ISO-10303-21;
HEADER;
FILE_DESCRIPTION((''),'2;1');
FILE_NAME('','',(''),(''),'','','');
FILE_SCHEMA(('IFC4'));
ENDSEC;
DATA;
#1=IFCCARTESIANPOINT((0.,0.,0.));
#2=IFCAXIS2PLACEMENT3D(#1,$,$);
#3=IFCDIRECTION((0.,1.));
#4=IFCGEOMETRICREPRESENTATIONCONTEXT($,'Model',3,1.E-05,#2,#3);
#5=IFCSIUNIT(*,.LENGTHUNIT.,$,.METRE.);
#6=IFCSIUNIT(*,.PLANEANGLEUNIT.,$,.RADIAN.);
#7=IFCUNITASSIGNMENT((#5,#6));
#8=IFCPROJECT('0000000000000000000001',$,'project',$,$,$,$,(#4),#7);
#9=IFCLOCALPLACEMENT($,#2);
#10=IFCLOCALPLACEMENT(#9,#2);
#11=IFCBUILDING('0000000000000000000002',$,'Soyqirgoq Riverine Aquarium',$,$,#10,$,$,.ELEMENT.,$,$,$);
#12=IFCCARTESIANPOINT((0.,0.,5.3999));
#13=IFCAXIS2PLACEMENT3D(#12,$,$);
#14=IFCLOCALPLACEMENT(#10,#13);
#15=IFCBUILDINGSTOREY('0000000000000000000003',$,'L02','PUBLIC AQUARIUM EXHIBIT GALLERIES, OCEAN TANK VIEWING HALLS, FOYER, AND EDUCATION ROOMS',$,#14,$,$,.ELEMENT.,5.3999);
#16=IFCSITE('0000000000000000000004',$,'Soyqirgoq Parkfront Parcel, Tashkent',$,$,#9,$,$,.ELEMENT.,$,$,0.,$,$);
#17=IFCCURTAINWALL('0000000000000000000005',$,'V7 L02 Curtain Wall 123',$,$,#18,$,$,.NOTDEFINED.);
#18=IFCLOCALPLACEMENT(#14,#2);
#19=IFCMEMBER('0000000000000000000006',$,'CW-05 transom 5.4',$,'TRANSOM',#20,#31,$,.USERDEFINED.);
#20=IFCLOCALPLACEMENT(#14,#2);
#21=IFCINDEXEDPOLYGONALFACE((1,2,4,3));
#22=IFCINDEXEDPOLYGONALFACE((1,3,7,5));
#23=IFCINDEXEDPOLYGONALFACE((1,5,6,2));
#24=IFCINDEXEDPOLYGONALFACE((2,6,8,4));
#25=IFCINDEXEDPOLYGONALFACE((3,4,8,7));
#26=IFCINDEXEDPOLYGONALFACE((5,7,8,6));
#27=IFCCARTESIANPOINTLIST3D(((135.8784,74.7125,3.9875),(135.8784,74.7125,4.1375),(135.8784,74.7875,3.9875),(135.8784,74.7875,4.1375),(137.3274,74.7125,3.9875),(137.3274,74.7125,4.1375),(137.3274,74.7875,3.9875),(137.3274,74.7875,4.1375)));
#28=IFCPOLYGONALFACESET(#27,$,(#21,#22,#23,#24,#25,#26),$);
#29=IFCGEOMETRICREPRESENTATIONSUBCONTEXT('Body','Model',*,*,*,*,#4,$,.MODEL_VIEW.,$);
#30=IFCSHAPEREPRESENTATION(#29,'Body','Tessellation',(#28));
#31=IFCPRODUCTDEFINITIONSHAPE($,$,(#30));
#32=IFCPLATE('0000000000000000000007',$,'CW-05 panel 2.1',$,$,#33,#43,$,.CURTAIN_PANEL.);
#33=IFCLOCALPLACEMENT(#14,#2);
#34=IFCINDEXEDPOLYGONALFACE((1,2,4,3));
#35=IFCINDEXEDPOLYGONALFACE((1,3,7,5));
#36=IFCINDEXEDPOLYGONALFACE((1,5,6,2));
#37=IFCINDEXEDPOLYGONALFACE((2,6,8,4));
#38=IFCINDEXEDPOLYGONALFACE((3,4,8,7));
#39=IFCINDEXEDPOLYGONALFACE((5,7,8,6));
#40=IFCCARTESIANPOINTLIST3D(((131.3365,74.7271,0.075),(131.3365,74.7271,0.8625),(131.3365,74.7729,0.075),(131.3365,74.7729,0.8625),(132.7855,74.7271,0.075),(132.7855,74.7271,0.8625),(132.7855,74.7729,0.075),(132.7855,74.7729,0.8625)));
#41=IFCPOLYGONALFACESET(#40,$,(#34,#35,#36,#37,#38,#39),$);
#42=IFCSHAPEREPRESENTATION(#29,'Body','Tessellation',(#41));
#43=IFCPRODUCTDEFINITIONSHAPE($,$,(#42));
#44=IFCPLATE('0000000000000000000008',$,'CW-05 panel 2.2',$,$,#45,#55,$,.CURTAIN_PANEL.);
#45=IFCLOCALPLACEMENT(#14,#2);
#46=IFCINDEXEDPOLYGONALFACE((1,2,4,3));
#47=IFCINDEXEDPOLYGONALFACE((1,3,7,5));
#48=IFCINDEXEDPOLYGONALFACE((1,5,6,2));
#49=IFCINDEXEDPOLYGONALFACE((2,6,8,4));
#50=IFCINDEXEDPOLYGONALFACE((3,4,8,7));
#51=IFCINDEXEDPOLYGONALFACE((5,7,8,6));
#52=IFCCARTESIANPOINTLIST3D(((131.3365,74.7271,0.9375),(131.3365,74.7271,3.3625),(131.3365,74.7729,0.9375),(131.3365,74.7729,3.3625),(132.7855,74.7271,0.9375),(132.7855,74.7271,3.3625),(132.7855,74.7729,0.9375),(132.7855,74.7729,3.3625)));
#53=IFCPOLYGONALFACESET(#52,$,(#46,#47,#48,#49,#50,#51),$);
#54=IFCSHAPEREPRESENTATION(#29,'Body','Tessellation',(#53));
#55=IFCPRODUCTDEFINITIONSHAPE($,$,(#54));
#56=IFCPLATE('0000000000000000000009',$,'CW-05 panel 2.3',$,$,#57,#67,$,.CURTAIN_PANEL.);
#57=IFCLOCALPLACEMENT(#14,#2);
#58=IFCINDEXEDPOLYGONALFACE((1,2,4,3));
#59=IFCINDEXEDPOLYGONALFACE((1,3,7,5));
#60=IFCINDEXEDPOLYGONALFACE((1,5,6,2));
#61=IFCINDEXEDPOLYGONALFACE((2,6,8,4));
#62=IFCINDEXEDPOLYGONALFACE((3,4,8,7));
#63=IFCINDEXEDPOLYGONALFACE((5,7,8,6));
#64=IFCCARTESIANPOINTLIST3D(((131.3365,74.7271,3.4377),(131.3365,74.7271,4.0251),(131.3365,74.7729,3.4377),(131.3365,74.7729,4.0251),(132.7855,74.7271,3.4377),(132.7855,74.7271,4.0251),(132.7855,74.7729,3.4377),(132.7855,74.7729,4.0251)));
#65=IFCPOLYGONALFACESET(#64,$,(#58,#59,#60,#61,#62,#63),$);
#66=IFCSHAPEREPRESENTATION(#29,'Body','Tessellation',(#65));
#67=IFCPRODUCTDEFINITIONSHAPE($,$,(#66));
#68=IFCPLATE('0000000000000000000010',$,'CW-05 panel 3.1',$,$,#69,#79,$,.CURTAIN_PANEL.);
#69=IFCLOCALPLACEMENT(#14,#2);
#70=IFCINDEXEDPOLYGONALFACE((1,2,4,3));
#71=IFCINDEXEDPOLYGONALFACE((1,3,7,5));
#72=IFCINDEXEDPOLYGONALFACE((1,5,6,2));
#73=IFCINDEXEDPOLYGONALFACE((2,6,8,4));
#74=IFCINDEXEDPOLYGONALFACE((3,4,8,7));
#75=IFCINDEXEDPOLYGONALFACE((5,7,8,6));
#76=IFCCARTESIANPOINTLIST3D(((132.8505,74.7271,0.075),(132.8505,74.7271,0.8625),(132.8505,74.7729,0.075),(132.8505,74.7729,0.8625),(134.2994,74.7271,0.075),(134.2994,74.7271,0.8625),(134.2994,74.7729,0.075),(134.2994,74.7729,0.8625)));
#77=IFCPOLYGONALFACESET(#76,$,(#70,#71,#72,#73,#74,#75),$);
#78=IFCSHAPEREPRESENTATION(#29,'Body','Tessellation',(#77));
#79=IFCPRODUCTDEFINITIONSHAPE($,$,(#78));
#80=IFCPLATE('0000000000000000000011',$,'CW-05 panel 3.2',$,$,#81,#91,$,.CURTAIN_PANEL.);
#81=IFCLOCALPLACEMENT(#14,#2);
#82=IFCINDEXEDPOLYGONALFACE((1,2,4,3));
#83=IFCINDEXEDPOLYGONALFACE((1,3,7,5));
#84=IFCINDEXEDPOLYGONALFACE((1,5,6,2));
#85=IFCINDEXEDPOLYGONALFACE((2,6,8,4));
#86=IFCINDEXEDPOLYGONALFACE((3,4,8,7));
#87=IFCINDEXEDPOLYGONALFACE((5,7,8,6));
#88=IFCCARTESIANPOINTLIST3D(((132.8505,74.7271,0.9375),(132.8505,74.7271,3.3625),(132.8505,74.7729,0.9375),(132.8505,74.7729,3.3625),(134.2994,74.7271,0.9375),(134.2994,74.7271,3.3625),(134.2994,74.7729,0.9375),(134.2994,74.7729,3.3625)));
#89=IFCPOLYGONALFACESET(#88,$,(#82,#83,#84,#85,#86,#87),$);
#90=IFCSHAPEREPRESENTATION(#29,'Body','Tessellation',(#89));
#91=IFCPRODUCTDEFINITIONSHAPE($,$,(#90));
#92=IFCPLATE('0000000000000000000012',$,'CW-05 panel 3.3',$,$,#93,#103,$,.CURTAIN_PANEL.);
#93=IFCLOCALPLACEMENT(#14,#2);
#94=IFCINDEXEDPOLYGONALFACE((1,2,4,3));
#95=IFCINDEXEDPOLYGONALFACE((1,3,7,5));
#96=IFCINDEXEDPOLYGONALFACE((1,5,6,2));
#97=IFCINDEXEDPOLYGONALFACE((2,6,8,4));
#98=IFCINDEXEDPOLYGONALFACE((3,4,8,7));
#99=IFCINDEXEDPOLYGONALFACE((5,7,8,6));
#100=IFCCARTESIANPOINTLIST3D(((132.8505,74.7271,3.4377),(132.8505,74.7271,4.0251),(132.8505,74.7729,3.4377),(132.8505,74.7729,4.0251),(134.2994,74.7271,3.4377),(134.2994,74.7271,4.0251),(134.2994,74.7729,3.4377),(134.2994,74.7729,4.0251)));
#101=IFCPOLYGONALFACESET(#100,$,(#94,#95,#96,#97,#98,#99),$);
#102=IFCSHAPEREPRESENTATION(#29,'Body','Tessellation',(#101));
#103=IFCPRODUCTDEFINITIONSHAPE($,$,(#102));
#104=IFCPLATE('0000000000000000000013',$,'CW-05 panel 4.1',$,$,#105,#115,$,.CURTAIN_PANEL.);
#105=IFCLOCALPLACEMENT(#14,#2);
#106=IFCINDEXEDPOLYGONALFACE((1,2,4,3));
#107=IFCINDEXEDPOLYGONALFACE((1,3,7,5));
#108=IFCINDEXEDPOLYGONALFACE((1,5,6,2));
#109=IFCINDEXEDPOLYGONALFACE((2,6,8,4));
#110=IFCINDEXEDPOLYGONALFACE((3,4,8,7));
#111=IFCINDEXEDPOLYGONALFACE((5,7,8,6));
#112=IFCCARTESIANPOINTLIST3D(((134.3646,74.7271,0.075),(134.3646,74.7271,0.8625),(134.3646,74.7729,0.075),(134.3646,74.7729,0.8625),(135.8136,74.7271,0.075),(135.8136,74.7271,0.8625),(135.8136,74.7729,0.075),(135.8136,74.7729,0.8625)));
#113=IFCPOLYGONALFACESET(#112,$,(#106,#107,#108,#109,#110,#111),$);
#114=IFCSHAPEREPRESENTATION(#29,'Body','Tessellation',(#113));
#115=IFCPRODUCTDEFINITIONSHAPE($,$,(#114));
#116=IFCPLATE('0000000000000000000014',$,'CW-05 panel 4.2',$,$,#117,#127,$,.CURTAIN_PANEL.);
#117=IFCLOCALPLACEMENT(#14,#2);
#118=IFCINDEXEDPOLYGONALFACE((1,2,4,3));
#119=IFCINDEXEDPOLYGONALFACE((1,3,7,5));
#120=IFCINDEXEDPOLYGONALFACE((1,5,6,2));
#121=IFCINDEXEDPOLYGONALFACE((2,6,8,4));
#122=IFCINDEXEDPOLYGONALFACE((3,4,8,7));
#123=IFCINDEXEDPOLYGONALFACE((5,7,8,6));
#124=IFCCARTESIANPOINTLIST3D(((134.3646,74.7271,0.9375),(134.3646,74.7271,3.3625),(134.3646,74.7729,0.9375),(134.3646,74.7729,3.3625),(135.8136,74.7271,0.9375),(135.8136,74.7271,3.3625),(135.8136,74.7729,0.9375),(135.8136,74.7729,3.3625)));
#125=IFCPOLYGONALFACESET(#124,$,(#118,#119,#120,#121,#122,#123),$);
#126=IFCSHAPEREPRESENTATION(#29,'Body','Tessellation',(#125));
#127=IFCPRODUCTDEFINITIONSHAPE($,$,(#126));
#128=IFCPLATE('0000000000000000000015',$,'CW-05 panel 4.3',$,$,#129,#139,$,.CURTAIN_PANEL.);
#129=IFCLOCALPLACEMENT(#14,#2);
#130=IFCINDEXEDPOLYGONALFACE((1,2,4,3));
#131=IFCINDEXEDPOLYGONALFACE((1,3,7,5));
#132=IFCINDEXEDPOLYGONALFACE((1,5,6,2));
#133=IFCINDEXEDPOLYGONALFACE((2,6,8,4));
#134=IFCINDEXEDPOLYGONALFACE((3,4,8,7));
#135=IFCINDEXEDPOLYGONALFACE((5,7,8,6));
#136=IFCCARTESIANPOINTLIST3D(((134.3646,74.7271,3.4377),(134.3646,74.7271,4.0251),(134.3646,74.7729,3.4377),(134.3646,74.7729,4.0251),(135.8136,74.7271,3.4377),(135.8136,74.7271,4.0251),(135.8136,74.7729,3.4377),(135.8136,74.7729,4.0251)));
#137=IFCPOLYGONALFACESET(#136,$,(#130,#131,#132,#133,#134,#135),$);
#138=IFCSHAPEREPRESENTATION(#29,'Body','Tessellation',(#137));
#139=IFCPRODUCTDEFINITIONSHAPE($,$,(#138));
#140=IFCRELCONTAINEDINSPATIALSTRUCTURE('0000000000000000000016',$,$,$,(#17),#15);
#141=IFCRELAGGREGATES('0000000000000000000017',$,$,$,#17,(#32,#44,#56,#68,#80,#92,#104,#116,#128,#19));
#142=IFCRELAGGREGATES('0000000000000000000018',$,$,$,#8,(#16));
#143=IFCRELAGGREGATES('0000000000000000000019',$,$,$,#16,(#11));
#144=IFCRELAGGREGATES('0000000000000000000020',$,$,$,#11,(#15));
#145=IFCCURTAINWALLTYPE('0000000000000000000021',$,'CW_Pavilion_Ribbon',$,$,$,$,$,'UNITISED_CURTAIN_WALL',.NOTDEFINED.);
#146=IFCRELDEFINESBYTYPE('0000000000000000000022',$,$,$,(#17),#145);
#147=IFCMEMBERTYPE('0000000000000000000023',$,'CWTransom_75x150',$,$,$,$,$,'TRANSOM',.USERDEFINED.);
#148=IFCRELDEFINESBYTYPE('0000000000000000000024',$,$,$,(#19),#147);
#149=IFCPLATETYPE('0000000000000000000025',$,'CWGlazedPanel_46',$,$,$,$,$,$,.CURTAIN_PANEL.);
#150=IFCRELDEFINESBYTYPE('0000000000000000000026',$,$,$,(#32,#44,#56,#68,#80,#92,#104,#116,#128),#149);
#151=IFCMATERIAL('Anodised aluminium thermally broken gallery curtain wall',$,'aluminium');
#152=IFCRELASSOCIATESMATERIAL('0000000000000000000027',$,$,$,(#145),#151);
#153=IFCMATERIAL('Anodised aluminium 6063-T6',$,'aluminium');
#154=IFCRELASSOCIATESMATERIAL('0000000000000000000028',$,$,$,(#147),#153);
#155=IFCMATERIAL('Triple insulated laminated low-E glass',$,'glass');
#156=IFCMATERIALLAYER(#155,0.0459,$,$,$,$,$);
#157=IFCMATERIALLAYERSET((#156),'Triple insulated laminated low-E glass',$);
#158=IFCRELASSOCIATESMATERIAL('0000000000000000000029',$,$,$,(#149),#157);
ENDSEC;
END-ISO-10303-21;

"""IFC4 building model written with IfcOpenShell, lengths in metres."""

from ifc_helpers import new_model, si_unit, direction, frame, origin, origin_2d, place, context, subcontext, project, spatial, rectangle, extrude, material, layer, layer_set, material_profile, profile_set, type_object, element, aggregate, save


model = new_model("IFC4")

# Units and contexts
model_context = context("Model", 3, precision=1e-05, world=origin(), true_north=direction((0.0, 1.0)))
body_context = subcontext(model_context, "Body", "Model", "MODEL_VIEW")
ifc_project = project(units=[si_unit("LENGTHUNIT", "METRE"), si_unit("PLANEANGLEUNIT", "RADIAN")], contexts=[model_context])

# Site, building, storey
site_placement = place(None, origin())
site = spatial("IfcSite", under=ifc_project, at=site_placement, Name="Soyqirgoq Parkfront Parcel, Tashkent", CompositionType="ELEMENT", RefElevation=0.0)
building_placement = place(site_placement, origin())
building = spatial("IfcBuilding", under=site, at=building_placement, Name="Soyqirgoq Riverine Aquarium", CompositionType="ELEMENT")
storey_placement = place(building_placement, frame((0.0, 0.0, 5.3999)))
storey = spatial("IfcBuildingStorey", under=building, at=storey_placement, Name="L02", Description="PUBLIC AQUARIUM EXHIBIT GALLERIES, OCEAN TANK VIEWING HALLS, FOYER, AND EDUCATION ROOMS", CompositionType="ELEMENT", Elevation=5.3999)

# Curtain wall, member, plates
ifc_material_1 = material(Name="Anodised aluminium thermally broken gallery curtain wall", Category="aluminium")
curtain_wall_type = type_object("IfcCurtainWallType", Name="CW_Pavilion_Ribbon", ElementType="UNITISED_CURTAIN_WALL", PredefinedType="NOTDEFINED", material=ifc_material_1)
curtain_wall_placement = place(storey_placement, origin())
curtain_wall = element("IfcCurtainWall", 1, at=curtain_wall_placement, inside=storey, type_object=curtain_wall_type, Name="V7 L02 Curtain Wall 123", PredefinedType="NOTDEFINED")
ifc_material_2 = material(Name="Anodised aluminium 6063-T6", Category="aluminium")
ifc_material_profile_1 = material_profile(ifc_material_2, rectangle(XDim=0.075, YDim=0.1499, at=origin_2d()), Name="ALU-T 75x150")
ifc_profile_set_1 = profile_set([ifc_material_profile_1], Name="Anodised aluminium 6063-T6")
member_type_1 = type_object("IfcMemberType", Name="CWTransom_75x150", ElementType="TRANSOM", PredefinedType="USERDEFINED", material=ifc_profile_set_1)
member_1_placement = place(storey_placement, frame((135.8784, 74.75, 4.0625), z_axis=(1.0, 0.0, 0.0), x_axis=(0.0, 1.0, 0.0)))
member_1 = element("IfcMember", 2, at=member_1_placement, type_object=member_type_1, Name="CW-05 transom 5.4", ObjectType="TRANSOM", PredefinedType="USERDEFINED", context=body_context, shape_type="SweptSolid", body=[
    extrude(rectangle(XDim=0.075, YDim=0.1499, at=origin_2d()), origin(), (0.0, 0.0, 1.0), 1.449),
])
ifc_material_3 = material(Name="Triple insulated laminated low-E glass", Category="glass")
ifc_layer = layer(ifc_material_3, 0.0459)
ifc_layer_set = layer_set([ifc_layer], Name="Triple insulated laminated low-E glass")
plate_type = type_object("IfcPlateType", Name="CWGlazedPanel_46", PredefinedType="CURTAIN_PANEL", material=ifc_layer_set)
plate_1_placement = place(storey_placement, frame((132.061, 74.75, 0.075), z_axis=(0.0, 0.0, 1.0), x_axis=(1.0, 0.0, 0.0)))
plate_1 = element("IfcPlate", 3, at=plate_1_placement, type_object=plate_type, Name="CW-05 panel 2.1", PredefinedType="CURTAIN_PANEL", context=body_context, shape_type="SweptSolid", body=[
    extrude(rectangle(XDim=1.449, YDim=0.0459, at=origin_2d()), origin(), (0.0, 0.0, 1.0), 0.7876),
])
plate_2_placement = place(storey_placement, frame((132.061, 74.75, 0.9375), z_axis=(0.0, 0.0, 1.0), x_axis=(1.0, 0.0, 0.0)))
plate_2 = element("IfcPlate", 4, at=plate_2_placement, type_object=plate_type, Name="CW-05 panel 2.2", PredefinedType="CURTAIN_PANEL", context=body_context, shape_type="SweptSolid", body=[
    extrude(rectangle(XDim=1.449, YDim=0.0459, at=origin_2d()), origin(), (0.0, 0.0, 1.0), 2.425),
])
plate_3_placement = place(storey_placement, frame((132.061, 74.75, 3.4377), z_axis=(0.0, 0.0, 1.0), x_axis=(1.0, 0.0, 0.0)))
plate_3 = element("IfcPlate", 5, at=plate_3_placement, type_object=plate_type, Name="CW-05 panel 2.3", PredefinedType="CURTAIN_PANEL", context=body_context, shape_type="SweptSolid", body=[
    extrude(rectangle(XDim=1.449, YDim=0.0459, at=origin_2d()), origin(), (0.0, 0.0, 1.0), 0.5874),
])
plate_4_placement = place(storey_placement, frame((133.575, 74.75, 0.075), z_axis=(0.0, 0.0, 1.0), x_axis=(1.0, 0.0, 0.0)))
plate_4 = element("IfcPlate", 6, at=plate_4_placement, type_object=plate_type, Name="CW-05 panel 3.1", PredefinedType="CURTAIN_PANEL", context=body_context, shape_type="SweptSolid", body=[
    extrude(rectangle(XDim=1.449, YDim=0.0459, at=origin_2d()), origin(), (0.0, 0.0, 1.0), 0.7876),
])
plate_5_placement = place(storey_placement, frame((133.575, 74.75, 0.9375), z_axis=(0.0, 0.0, 1.0), x_axis=(1.0, 0.0, 0.0)))
plate_5 = element("IfcPlate", 7, at=plate_5_placement, type_object=plate_type, Name="CW-05 panel 3.2", PredefinedType="CURTAIN_PANEL", context=body_context, shape_type="SweptSolid", body=[
    extrude(rectangle(XDim=1.449, YDim=0.0459, at=origin_2d()), origin(), (0.0, 0.0, 1.0), 2.425),
])
plate_6_placement = place(storey_placement, frame((133.575, 74.75, 3.4377), z_axis=(0.0, 0.0, 1.0), x_axis=(1.0, 0.0, 0.0)))
plate_6 = element("IfcPlate", 8, at=plate_6_placement, type_object=plate_type, Name="CW-05 panel 3.3", PredefinedType="CURTAIN_PANEL", context=body_context, shape_type="SweptSolid", body=[
    extrude(rectangle(XDim=1.449, YDim=0.0459, at=origin_2d()), origin(), (0.0, 0.0, 1.0), 0.5874),
])
plate_7_placement = place(storey_placement, frame((135.0891, 74.75, 0.075), z_axis=(0.0, 0.0, 1.0), x_axis=(1.0, 0.0, 0.0)))
plate_7 = element("IfcPlate", 9, at=plate_7_placement, type_object=plate_type, Name="CW-05 panel 4.1", PredefinedType="CURTAIN_PANEL", context=body_context, shape_type="SweptSolid", body=[
    extrude(rectangle(XDim=1.449, YDim=0.0459, at=origin_2d()), origin(), (0.0, 0.0, 1.0), 0.7876),
])
plate_8_placement = place(storey_placement, frame((135.0891, 74.75, 0.9375), z_axis=(0.0, 0.0, 1.0), x_axis=(1.0, 0.0, 0.0)))
plate_8 = element("IfcPlate", 10, at=plate_8_placement, type_object=plate_type, Name="CW-05 panel 4.2", PredefinedType="CURTAIN_PANEL", context=body_context, shape_type="SweptSolid", body=[
    extrude(rectangle(XDim=1.449, YDim=0.0459, at=origin_2d()), origin(), (0.0, 0.0, 1.0), 2.425),
])
plate_9_placement = place(storey_placement, frame((135.0891, 74.75, 3.4377), z_axis=(0.0, 0.0, 1.0), x_axis=(1.0, 0.0, 0.0)))
plate_9 = element("IfcPlate", 11, at=plate_9_placement, type_object=plate_type, Name="CW-05 panel 4.3", PredefinedType="CURTAIN_PANEL", context=body_context, shape_type="SweptSolid", body=[
    extrude(rectangle(XDim=1.449, YDim=0.0459, at=origin_2d()), origin(), (0.0, 0.0, 1.0), 0.5874),
])
aggregate(curtain_wall, [plate_1, plate_2, plate_3, plate_4, plate_5, plate_6, plate_7, plate_8, plate_9, member_1])

save(model, "model.ifc")
